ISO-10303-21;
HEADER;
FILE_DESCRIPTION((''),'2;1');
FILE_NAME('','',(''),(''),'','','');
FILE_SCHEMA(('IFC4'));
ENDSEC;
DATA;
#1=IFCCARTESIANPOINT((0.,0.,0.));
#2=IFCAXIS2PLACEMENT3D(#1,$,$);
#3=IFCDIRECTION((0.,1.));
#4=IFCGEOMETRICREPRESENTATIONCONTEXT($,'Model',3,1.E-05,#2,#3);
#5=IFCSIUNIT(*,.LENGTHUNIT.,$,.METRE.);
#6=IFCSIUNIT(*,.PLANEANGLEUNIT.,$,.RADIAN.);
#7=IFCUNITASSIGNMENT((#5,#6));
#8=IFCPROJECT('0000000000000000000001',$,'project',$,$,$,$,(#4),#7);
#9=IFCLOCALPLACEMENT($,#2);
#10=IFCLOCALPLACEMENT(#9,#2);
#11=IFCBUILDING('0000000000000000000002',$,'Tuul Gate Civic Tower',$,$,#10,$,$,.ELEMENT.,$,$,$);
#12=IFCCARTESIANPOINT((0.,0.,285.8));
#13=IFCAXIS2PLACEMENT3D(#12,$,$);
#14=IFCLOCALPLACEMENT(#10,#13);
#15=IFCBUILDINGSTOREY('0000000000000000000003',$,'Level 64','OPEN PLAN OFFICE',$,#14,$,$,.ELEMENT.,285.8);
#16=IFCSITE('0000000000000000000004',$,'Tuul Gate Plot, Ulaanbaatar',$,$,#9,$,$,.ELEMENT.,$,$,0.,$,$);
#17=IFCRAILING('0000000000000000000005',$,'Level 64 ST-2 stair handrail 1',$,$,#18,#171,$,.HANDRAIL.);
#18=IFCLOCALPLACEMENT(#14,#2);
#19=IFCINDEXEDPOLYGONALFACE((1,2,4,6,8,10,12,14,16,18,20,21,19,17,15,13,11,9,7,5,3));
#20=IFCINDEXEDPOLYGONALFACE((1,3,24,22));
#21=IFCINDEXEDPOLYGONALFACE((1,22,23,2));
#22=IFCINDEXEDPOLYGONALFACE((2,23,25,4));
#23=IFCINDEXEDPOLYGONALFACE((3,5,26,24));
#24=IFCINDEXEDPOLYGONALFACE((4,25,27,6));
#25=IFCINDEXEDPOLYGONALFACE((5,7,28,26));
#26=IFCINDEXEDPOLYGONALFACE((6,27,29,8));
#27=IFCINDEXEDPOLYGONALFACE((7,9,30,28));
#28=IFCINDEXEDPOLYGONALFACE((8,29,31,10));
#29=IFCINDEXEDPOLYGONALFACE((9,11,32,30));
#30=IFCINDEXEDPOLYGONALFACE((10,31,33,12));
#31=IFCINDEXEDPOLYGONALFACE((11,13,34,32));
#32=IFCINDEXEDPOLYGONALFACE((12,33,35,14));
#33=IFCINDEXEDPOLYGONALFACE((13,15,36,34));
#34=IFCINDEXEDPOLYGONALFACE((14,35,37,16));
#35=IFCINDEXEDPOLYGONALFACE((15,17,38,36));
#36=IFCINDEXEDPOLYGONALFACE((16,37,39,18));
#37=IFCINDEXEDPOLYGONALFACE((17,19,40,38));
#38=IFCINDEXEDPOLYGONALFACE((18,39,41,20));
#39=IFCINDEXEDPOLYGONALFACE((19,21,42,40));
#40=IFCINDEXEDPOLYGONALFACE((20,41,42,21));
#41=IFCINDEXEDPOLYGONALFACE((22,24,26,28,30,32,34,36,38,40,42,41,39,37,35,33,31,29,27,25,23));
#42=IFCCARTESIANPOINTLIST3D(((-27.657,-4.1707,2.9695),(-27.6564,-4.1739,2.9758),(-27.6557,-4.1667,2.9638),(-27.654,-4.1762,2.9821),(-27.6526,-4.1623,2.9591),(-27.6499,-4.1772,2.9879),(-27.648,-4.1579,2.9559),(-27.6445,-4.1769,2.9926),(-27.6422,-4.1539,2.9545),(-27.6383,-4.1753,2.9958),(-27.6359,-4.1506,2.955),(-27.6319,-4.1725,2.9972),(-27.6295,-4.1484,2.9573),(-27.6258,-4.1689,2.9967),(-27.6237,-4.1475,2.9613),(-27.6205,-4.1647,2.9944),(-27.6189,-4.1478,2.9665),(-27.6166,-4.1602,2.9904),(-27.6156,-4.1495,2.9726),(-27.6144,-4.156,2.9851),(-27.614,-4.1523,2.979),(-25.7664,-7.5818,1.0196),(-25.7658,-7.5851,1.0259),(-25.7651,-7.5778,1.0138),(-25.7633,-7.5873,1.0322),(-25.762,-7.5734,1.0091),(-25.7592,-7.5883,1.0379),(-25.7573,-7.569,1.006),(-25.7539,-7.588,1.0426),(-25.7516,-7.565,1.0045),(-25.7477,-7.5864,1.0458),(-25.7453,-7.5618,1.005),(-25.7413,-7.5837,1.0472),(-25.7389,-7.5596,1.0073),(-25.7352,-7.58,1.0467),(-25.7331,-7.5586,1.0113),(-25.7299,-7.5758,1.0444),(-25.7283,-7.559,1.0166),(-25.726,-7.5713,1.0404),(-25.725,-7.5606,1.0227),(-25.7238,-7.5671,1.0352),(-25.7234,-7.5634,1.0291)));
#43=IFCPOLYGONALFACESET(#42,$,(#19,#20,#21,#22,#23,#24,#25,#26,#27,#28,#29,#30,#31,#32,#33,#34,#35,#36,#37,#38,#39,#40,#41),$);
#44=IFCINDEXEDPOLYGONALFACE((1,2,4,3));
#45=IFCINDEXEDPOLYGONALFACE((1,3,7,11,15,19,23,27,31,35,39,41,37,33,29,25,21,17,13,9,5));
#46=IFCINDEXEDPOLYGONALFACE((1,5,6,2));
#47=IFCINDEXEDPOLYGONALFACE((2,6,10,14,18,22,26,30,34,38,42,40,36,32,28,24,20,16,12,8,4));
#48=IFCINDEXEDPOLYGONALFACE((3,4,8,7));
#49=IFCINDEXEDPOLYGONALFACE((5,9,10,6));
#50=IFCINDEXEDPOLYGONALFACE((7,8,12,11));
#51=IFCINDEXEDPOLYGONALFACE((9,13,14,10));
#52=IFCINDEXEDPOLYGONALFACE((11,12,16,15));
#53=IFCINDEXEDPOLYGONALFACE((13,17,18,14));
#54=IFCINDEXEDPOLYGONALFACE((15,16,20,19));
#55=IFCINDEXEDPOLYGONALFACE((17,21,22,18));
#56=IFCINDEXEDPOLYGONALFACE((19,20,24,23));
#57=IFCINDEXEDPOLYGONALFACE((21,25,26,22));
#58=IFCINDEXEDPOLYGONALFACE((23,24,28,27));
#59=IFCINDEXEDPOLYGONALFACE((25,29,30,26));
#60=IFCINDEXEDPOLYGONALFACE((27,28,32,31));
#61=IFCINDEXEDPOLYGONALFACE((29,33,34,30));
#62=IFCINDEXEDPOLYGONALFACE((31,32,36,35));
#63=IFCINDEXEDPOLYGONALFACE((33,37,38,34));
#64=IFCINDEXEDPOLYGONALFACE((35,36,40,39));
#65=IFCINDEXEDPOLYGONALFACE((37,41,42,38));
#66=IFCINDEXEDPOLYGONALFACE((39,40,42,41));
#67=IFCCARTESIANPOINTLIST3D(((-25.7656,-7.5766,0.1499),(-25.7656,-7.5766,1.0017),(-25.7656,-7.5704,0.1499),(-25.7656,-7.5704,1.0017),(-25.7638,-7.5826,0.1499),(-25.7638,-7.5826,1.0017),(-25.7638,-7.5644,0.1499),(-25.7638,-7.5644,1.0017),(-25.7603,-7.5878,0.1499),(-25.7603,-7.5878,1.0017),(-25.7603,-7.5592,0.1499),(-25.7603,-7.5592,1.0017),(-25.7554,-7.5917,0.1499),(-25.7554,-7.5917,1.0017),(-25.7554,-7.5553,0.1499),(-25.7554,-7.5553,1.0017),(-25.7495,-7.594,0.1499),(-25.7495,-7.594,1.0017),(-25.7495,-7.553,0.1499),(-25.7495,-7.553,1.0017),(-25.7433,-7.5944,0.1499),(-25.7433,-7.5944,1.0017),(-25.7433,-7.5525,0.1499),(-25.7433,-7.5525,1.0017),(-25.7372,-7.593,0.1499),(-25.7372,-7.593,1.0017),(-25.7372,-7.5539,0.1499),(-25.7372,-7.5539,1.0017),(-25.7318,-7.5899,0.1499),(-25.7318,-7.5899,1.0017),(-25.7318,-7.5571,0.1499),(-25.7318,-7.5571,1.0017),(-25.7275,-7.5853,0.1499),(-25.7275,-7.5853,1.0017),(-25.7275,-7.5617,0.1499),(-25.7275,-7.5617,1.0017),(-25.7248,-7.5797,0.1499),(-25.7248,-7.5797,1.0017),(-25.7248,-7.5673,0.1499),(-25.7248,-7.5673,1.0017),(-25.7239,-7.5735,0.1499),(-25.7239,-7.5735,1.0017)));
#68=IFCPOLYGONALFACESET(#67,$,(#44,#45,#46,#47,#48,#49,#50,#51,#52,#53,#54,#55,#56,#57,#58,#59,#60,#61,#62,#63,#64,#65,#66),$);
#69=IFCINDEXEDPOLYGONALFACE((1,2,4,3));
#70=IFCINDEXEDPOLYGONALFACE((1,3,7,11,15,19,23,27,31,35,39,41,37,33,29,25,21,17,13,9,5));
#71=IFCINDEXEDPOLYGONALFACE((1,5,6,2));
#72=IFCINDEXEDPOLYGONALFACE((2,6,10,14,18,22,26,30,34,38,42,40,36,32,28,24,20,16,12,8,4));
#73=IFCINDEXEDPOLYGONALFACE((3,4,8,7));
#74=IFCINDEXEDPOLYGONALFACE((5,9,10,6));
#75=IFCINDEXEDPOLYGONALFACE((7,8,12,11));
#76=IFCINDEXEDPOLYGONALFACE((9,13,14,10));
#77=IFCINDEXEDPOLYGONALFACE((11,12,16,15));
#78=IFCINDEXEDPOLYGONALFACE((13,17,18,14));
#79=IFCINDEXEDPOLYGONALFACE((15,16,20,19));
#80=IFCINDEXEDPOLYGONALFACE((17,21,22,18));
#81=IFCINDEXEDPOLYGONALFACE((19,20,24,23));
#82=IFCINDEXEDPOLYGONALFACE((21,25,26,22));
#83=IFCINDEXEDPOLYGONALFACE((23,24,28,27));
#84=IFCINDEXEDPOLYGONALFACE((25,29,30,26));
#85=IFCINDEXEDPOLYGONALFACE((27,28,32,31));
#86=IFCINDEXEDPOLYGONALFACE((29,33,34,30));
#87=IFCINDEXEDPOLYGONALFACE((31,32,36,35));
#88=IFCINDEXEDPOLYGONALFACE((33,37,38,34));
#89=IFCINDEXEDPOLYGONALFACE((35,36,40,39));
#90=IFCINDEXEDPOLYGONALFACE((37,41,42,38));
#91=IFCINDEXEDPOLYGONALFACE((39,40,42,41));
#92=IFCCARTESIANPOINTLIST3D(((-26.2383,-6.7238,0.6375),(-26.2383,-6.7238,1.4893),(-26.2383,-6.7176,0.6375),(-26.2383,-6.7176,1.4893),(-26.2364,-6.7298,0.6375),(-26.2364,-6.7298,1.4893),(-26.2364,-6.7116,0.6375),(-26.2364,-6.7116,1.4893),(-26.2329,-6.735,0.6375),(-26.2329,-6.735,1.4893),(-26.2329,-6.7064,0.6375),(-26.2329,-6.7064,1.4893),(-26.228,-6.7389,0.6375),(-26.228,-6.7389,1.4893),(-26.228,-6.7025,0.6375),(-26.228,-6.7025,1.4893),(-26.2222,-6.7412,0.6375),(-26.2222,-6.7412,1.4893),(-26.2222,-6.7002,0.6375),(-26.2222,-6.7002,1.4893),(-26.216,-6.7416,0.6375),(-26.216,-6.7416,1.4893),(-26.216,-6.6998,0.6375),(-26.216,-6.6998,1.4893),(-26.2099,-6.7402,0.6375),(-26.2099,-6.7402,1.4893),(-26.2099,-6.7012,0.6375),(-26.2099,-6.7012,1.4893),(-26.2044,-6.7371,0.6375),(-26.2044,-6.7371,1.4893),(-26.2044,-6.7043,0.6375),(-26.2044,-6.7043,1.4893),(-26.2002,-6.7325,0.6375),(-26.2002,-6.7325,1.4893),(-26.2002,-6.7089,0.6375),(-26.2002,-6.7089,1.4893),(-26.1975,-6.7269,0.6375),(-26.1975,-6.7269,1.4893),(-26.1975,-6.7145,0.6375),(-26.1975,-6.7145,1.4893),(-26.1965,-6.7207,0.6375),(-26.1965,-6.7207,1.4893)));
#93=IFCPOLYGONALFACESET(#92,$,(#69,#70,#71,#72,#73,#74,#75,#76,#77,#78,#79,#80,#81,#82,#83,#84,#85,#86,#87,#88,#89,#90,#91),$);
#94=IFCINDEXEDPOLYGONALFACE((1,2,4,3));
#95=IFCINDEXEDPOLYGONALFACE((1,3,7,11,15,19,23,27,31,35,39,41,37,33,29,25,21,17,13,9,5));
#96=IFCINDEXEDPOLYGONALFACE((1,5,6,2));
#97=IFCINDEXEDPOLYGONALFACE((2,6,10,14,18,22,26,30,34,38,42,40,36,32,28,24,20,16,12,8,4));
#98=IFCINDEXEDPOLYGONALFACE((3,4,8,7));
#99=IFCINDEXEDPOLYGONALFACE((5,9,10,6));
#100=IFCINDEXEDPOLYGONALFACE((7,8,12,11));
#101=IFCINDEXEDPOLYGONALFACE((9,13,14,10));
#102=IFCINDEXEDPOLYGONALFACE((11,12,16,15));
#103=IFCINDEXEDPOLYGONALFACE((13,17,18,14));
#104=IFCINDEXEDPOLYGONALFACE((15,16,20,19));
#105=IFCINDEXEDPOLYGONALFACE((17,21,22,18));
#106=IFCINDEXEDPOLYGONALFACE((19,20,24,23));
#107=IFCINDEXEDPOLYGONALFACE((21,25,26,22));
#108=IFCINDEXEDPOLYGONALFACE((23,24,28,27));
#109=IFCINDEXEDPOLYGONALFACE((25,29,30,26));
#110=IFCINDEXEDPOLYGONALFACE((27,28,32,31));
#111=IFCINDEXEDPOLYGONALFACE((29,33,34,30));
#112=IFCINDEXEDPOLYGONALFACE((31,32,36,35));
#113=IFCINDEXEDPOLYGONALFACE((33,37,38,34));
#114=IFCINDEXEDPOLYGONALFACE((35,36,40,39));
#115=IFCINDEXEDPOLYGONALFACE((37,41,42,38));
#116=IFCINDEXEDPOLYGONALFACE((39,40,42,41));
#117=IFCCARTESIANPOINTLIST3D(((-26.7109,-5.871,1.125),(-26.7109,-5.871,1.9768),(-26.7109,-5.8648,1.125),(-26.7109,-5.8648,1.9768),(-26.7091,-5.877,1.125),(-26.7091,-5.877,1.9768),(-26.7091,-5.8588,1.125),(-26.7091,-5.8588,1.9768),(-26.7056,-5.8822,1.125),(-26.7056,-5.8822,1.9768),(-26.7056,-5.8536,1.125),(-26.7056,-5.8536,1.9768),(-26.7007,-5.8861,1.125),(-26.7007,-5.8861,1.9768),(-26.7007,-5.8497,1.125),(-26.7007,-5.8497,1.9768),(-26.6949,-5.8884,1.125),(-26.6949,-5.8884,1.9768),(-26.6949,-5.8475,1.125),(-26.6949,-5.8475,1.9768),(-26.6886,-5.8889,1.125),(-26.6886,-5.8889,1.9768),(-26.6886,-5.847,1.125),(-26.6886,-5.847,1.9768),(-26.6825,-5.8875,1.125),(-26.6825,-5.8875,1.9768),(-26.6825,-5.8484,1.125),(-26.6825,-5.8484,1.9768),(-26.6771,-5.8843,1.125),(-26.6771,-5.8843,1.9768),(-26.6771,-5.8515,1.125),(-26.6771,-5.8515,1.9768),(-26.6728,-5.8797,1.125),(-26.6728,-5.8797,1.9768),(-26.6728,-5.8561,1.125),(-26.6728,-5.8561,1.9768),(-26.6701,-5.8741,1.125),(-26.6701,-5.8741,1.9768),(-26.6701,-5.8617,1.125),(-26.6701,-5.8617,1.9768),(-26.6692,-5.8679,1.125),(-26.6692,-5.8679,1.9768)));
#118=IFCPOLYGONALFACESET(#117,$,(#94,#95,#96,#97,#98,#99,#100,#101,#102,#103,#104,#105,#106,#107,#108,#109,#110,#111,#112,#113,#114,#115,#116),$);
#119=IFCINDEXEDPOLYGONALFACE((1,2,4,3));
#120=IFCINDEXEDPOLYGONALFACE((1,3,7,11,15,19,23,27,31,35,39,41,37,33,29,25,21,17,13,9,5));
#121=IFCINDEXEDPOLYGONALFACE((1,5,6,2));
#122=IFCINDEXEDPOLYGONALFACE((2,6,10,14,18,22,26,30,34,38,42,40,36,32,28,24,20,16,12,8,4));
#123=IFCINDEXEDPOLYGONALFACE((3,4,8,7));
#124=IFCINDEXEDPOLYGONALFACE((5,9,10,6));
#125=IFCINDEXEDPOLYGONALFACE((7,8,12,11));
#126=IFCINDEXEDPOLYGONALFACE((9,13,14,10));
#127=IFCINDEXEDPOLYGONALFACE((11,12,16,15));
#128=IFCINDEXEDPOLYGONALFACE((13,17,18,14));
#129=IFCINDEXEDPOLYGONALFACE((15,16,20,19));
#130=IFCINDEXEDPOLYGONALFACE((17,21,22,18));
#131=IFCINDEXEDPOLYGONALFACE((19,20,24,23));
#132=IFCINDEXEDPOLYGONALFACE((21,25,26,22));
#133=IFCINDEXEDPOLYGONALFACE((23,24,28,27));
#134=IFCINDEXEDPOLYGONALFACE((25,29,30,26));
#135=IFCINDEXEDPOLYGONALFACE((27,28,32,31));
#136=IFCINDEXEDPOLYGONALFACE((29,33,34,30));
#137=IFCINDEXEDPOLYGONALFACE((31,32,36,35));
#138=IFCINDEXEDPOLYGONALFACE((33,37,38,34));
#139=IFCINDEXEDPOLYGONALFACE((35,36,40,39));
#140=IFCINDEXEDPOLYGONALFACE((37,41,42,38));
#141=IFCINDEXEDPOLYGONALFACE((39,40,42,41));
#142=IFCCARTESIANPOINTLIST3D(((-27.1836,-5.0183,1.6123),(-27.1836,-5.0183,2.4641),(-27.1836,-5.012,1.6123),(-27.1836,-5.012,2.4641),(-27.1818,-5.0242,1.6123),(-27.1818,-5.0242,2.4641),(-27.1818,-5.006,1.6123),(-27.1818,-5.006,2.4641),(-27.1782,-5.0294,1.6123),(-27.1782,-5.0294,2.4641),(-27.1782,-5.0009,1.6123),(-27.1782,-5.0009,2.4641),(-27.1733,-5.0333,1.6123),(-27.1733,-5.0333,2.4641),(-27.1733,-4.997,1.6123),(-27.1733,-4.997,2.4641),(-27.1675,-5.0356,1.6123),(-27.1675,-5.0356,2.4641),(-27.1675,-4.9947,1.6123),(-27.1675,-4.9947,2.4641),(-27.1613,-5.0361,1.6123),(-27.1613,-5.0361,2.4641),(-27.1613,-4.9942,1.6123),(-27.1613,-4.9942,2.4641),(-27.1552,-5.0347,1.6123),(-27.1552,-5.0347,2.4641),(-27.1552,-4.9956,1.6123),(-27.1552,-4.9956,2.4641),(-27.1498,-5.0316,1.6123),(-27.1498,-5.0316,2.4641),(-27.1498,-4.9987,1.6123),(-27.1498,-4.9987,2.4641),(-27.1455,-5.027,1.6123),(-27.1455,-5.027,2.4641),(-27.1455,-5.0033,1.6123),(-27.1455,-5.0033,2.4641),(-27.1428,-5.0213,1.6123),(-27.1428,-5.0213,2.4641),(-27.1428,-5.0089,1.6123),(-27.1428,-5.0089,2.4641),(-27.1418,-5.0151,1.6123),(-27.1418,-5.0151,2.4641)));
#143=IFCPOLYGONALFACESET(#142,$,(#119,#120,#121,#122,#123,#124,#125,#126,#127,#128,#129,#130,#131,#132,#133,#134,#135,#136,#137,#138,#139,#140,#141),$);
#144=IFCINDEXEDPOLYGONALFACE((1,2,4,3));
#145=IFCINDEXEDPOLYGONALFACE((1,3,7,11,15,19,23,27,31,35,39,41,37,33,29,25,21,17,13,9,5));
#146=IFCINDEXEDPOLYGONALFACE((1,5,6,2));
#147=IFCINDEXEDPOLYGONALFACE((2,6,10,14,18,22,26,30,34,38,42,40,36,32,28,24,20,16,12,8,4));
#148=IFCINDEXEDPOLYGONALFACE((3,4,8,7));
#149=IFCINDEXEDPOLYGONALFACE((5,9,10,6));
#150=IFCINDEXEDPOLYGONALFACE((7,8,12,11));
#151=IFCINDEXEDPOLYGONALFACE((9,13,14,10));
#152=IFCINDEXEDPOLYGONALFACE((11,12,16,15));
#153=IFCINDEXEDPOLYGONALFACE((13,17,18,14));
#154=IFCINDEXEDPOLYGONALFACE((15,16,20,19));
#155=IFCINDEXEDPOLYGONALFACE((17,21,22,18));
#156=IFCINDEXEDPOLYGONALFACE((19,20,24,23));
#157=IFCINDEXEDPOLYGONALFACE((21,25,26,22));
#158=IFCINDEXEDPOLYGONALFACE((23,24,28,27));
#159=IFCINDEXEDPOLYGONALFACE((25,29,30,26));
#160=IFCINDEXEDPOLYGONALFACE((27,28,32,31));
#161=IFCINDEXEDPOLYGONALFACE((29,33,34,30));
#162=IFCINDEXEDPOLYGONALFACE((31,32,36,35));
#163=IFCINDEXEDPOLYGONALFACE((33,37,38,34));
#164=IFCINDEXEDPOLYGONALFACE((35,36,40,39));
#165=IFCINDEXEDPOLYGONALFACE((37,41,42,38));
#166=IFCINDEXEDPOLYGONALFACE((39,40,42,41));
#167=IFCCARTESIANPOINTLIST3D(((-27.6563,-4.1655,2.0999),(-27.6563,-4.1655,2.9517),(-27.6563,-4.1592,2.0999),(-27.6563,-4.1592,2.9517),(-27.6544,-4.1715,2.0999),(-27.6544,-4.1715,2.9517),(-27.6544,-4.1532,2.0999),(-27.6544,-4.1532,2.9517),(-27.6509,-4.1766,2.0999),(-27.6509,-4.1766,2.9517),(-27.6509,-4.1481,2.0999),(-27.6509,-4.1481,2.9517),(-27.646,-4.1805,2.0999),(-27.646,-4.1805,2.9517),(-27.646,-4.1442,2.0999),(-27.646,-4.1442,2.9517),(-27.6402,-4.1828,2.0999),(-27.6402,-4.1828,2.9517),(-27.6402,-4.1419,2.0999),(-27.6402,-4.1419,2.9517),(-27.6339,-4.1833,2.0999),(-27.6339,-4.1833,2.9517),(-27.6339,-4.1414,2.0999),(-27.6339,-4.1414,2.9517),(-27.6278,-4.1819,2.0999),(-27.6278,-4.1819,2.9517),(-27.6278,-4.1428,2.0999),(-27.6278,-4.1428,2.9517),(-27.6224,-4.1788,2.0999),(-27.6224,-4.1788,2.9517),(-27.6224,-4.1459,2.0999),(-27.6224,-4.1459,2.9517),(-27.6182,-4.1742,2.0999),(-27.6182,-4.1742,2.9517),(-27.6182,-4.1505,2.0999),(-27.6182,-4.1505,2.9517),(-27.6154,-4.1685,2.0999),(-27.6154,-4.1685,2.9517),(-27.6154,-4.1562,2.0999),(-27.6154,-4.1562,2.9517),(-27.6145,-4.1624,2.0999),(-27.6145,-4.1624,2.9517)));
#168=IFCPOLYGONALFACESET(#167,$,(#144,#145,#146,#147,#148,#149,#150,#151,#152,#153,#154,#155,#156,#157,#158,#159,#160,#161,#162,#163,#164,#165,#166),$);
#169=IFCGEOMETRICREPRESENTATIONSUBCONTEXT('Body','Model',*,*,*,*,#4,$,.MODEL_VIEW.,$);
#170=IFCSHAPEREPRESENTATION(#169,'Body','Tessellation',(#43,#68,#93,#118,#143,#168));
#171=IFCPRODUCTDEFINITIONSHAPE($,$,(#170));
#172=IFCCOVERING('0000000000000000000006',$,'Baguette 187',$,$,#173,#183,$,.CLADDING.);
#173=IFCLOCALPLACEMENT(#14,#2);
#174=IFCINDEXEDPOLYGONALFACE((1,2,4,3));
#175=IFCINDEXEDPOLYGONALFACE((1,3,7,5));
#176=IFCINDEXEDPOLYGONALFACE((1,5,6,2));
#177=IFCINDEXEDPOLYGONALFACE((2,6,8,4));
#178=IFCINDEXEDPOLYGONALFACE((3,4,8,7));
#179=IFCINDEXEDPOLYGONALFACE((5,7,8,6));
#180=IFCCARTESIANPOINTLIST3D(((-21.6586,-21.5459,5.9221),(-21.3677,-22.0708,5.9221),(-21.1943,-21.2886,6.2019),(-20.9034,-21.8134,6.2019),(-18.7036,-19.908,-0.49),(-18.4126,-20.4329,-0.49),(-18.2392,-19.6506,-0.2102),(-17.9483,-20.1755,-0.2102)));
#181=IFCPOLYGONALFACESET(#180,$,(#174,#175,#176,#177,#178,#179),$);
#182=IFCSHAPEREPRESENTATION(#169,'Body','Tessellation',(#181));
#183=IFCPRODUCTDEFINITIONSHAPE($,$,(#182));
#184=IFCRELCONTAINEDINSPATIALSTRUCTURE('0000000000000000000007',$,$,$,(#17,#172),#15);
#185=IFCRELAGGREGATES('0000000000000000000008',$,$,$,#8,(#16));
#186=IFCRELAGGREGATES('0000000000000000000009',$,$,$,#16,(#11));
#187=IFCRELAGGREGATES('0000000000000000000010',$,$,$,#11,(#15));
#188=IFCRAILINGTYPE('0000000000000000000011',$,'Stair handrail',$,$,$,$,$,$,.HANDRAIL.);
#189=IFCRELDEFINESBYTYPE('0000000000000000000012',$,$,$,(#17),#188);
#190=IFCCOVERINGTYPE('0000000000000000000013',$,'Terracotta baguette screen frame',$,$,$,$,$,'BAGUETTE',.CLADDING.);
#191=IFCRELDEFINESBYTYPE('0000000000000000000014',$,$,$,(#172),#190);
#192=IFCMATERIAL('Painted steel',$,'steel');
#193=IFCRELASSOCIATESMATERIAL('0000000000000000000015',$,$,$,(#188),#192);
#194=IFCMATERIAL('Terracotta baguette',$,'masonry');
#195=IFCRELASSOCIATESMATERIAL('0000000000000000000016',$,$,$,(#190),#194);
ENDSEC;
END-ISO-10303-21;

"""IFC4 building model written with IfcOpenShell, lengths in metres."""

from ifc_helpers import new_model, si_unit, direction, frame, origin, origin_2d, place, context, subcontext, project, spatial, rectangle, circle, extrude, material, material_profile, profile_set, type_object, element, save


model = new_model("IFC4")

# Units and contexts
model_context = context("Model", 3, precision=1e-05, world=origin(), true_north=direction((0.0, 1.0)))
body_context = subcontext(model_context, "Body", "Model", "MODEL_VIEW")
ifc_project = project(units=[si_unit("LENGTHUNIT", "METRE"), si_unit("PLANEANGLEUNIT", "RADIAN")], contexts=[model_context])

# Site, building, storey
site_placement = place(None, origin())
site = spatial("IfcSite", under=ifc_project, at=site_placement, Name="Tuul Gate Plot, Ulaanbaatar", CompositionType="ELEMENT", RefElevation=0.0)
building_placement = place(site_placement, origin())
building = spatial("IfcBuilding", under=site, at=building_placement, Name="Tuul Gate Civic Tower", CompositionType="ELEMENT")
storey_placement = place(building_placement, frame((0.0, 0.0, 285.8)))
storey = spatial("IfcBuildingStorey", under=building, at=storey_placement, Name="Level 64", Description="OPEN PLAN OFFICE", CompositionType="ELEMENT", Elevation=285.8)

# Railing
ifc_material_1 = material(Name="Painted steel", Category="steel")
railing_type = type_object("IfcRailingType", Name="Stair handrail", PredefinedType="HANDRAIL", material=ifc_material_1)
railing_placement = place(storey_placement, frame((-25.7449, -7.5735, 0.1499)))
element("IfcRailing", 1, at=railing_placement, inside=storey, type_object=railing_type, Name="Level 64 ST-2 stair handrail 1", PredefinedType="HANDRAIL", context=body_context, shape_type="SweptSolid", body=[
    extrude(circle(Radius=0.0239, at=origin_2d()), frame((0.0, 0.0, 0.876), z_axis=(-0.433595, 0.782308, 0.447201), x_axis=(-0.874641, -0.484771, 0.0)), (0.0, 0.0, 1.0), 4.3604),
    extrude(circle(Radius=0.021, at=origin_2d()), origin(), (0.0, 0.0, 1.0), 0.8518),
    extrude(circle(Radius=0.021, at=origin_2d()), frame((-0.4727, 0.8528, 0.4875)), (0.0, 0.0, 1.0), 0.8518),
    extrude(circle(Radius=0.021, at=origin_2d()), frame((-0.9453, 1.7056, 0.9751)), (0.0, 0.0, 1.0), 0.8518),
    extrude(circle(Radius=0.021, at=origin_2d()), frame((-1.418, 2.5583, 1.4624)), (0.0, 0.0, 1.0), 0.8518),
    extrude(circle(Radius=0.021, at=origin_2d()), frame((-1.8906, 3.4111, 1.95)), (0.0, 0.0, 1.0), 0.8518),
])

# Covering
ifc_material_2 = material(Name="Terracotta baguette", Category="masonry")
ifc_material_profile_1 = material_profile(ifc_material_2, rectangle(XDim=0.6001, YDim=0.6001, at=origin_2d()), Name="Terracotta baguette screen frame")
ifc_profile_set_1 = profile_set([ifc_material_profile_1], Name="Terracotta baguette")
covering_type = type_object("IfcCoveringType", Name="Terracotta baguette screen frame", ElementType="BAGUETTE", PredefinedType="CLADDING", material=ifc_profile_set_1)
covering_placement = place(storey_placement, frame((-21.281, -21.6797, 6.062), z_axis=(0.407721, 0.225992, -0.884698), x_axis=(-0.48479, 0.874631, 0.0)))
element("IfcCovering", 2, at=covering_placement, inside=storey, type_object=covering_type, Name="Baguette 187", PredefinedType="CLADDING", context=body_context, shape_type="SweptSolid", body=[
    extrude(rectangle(XDim=0.6001, YDim=0.6001, at=origin_2d()), origin(), (0.0, 0.0, 1.0), 7.2478),
])

save(model, "model.ifc")
